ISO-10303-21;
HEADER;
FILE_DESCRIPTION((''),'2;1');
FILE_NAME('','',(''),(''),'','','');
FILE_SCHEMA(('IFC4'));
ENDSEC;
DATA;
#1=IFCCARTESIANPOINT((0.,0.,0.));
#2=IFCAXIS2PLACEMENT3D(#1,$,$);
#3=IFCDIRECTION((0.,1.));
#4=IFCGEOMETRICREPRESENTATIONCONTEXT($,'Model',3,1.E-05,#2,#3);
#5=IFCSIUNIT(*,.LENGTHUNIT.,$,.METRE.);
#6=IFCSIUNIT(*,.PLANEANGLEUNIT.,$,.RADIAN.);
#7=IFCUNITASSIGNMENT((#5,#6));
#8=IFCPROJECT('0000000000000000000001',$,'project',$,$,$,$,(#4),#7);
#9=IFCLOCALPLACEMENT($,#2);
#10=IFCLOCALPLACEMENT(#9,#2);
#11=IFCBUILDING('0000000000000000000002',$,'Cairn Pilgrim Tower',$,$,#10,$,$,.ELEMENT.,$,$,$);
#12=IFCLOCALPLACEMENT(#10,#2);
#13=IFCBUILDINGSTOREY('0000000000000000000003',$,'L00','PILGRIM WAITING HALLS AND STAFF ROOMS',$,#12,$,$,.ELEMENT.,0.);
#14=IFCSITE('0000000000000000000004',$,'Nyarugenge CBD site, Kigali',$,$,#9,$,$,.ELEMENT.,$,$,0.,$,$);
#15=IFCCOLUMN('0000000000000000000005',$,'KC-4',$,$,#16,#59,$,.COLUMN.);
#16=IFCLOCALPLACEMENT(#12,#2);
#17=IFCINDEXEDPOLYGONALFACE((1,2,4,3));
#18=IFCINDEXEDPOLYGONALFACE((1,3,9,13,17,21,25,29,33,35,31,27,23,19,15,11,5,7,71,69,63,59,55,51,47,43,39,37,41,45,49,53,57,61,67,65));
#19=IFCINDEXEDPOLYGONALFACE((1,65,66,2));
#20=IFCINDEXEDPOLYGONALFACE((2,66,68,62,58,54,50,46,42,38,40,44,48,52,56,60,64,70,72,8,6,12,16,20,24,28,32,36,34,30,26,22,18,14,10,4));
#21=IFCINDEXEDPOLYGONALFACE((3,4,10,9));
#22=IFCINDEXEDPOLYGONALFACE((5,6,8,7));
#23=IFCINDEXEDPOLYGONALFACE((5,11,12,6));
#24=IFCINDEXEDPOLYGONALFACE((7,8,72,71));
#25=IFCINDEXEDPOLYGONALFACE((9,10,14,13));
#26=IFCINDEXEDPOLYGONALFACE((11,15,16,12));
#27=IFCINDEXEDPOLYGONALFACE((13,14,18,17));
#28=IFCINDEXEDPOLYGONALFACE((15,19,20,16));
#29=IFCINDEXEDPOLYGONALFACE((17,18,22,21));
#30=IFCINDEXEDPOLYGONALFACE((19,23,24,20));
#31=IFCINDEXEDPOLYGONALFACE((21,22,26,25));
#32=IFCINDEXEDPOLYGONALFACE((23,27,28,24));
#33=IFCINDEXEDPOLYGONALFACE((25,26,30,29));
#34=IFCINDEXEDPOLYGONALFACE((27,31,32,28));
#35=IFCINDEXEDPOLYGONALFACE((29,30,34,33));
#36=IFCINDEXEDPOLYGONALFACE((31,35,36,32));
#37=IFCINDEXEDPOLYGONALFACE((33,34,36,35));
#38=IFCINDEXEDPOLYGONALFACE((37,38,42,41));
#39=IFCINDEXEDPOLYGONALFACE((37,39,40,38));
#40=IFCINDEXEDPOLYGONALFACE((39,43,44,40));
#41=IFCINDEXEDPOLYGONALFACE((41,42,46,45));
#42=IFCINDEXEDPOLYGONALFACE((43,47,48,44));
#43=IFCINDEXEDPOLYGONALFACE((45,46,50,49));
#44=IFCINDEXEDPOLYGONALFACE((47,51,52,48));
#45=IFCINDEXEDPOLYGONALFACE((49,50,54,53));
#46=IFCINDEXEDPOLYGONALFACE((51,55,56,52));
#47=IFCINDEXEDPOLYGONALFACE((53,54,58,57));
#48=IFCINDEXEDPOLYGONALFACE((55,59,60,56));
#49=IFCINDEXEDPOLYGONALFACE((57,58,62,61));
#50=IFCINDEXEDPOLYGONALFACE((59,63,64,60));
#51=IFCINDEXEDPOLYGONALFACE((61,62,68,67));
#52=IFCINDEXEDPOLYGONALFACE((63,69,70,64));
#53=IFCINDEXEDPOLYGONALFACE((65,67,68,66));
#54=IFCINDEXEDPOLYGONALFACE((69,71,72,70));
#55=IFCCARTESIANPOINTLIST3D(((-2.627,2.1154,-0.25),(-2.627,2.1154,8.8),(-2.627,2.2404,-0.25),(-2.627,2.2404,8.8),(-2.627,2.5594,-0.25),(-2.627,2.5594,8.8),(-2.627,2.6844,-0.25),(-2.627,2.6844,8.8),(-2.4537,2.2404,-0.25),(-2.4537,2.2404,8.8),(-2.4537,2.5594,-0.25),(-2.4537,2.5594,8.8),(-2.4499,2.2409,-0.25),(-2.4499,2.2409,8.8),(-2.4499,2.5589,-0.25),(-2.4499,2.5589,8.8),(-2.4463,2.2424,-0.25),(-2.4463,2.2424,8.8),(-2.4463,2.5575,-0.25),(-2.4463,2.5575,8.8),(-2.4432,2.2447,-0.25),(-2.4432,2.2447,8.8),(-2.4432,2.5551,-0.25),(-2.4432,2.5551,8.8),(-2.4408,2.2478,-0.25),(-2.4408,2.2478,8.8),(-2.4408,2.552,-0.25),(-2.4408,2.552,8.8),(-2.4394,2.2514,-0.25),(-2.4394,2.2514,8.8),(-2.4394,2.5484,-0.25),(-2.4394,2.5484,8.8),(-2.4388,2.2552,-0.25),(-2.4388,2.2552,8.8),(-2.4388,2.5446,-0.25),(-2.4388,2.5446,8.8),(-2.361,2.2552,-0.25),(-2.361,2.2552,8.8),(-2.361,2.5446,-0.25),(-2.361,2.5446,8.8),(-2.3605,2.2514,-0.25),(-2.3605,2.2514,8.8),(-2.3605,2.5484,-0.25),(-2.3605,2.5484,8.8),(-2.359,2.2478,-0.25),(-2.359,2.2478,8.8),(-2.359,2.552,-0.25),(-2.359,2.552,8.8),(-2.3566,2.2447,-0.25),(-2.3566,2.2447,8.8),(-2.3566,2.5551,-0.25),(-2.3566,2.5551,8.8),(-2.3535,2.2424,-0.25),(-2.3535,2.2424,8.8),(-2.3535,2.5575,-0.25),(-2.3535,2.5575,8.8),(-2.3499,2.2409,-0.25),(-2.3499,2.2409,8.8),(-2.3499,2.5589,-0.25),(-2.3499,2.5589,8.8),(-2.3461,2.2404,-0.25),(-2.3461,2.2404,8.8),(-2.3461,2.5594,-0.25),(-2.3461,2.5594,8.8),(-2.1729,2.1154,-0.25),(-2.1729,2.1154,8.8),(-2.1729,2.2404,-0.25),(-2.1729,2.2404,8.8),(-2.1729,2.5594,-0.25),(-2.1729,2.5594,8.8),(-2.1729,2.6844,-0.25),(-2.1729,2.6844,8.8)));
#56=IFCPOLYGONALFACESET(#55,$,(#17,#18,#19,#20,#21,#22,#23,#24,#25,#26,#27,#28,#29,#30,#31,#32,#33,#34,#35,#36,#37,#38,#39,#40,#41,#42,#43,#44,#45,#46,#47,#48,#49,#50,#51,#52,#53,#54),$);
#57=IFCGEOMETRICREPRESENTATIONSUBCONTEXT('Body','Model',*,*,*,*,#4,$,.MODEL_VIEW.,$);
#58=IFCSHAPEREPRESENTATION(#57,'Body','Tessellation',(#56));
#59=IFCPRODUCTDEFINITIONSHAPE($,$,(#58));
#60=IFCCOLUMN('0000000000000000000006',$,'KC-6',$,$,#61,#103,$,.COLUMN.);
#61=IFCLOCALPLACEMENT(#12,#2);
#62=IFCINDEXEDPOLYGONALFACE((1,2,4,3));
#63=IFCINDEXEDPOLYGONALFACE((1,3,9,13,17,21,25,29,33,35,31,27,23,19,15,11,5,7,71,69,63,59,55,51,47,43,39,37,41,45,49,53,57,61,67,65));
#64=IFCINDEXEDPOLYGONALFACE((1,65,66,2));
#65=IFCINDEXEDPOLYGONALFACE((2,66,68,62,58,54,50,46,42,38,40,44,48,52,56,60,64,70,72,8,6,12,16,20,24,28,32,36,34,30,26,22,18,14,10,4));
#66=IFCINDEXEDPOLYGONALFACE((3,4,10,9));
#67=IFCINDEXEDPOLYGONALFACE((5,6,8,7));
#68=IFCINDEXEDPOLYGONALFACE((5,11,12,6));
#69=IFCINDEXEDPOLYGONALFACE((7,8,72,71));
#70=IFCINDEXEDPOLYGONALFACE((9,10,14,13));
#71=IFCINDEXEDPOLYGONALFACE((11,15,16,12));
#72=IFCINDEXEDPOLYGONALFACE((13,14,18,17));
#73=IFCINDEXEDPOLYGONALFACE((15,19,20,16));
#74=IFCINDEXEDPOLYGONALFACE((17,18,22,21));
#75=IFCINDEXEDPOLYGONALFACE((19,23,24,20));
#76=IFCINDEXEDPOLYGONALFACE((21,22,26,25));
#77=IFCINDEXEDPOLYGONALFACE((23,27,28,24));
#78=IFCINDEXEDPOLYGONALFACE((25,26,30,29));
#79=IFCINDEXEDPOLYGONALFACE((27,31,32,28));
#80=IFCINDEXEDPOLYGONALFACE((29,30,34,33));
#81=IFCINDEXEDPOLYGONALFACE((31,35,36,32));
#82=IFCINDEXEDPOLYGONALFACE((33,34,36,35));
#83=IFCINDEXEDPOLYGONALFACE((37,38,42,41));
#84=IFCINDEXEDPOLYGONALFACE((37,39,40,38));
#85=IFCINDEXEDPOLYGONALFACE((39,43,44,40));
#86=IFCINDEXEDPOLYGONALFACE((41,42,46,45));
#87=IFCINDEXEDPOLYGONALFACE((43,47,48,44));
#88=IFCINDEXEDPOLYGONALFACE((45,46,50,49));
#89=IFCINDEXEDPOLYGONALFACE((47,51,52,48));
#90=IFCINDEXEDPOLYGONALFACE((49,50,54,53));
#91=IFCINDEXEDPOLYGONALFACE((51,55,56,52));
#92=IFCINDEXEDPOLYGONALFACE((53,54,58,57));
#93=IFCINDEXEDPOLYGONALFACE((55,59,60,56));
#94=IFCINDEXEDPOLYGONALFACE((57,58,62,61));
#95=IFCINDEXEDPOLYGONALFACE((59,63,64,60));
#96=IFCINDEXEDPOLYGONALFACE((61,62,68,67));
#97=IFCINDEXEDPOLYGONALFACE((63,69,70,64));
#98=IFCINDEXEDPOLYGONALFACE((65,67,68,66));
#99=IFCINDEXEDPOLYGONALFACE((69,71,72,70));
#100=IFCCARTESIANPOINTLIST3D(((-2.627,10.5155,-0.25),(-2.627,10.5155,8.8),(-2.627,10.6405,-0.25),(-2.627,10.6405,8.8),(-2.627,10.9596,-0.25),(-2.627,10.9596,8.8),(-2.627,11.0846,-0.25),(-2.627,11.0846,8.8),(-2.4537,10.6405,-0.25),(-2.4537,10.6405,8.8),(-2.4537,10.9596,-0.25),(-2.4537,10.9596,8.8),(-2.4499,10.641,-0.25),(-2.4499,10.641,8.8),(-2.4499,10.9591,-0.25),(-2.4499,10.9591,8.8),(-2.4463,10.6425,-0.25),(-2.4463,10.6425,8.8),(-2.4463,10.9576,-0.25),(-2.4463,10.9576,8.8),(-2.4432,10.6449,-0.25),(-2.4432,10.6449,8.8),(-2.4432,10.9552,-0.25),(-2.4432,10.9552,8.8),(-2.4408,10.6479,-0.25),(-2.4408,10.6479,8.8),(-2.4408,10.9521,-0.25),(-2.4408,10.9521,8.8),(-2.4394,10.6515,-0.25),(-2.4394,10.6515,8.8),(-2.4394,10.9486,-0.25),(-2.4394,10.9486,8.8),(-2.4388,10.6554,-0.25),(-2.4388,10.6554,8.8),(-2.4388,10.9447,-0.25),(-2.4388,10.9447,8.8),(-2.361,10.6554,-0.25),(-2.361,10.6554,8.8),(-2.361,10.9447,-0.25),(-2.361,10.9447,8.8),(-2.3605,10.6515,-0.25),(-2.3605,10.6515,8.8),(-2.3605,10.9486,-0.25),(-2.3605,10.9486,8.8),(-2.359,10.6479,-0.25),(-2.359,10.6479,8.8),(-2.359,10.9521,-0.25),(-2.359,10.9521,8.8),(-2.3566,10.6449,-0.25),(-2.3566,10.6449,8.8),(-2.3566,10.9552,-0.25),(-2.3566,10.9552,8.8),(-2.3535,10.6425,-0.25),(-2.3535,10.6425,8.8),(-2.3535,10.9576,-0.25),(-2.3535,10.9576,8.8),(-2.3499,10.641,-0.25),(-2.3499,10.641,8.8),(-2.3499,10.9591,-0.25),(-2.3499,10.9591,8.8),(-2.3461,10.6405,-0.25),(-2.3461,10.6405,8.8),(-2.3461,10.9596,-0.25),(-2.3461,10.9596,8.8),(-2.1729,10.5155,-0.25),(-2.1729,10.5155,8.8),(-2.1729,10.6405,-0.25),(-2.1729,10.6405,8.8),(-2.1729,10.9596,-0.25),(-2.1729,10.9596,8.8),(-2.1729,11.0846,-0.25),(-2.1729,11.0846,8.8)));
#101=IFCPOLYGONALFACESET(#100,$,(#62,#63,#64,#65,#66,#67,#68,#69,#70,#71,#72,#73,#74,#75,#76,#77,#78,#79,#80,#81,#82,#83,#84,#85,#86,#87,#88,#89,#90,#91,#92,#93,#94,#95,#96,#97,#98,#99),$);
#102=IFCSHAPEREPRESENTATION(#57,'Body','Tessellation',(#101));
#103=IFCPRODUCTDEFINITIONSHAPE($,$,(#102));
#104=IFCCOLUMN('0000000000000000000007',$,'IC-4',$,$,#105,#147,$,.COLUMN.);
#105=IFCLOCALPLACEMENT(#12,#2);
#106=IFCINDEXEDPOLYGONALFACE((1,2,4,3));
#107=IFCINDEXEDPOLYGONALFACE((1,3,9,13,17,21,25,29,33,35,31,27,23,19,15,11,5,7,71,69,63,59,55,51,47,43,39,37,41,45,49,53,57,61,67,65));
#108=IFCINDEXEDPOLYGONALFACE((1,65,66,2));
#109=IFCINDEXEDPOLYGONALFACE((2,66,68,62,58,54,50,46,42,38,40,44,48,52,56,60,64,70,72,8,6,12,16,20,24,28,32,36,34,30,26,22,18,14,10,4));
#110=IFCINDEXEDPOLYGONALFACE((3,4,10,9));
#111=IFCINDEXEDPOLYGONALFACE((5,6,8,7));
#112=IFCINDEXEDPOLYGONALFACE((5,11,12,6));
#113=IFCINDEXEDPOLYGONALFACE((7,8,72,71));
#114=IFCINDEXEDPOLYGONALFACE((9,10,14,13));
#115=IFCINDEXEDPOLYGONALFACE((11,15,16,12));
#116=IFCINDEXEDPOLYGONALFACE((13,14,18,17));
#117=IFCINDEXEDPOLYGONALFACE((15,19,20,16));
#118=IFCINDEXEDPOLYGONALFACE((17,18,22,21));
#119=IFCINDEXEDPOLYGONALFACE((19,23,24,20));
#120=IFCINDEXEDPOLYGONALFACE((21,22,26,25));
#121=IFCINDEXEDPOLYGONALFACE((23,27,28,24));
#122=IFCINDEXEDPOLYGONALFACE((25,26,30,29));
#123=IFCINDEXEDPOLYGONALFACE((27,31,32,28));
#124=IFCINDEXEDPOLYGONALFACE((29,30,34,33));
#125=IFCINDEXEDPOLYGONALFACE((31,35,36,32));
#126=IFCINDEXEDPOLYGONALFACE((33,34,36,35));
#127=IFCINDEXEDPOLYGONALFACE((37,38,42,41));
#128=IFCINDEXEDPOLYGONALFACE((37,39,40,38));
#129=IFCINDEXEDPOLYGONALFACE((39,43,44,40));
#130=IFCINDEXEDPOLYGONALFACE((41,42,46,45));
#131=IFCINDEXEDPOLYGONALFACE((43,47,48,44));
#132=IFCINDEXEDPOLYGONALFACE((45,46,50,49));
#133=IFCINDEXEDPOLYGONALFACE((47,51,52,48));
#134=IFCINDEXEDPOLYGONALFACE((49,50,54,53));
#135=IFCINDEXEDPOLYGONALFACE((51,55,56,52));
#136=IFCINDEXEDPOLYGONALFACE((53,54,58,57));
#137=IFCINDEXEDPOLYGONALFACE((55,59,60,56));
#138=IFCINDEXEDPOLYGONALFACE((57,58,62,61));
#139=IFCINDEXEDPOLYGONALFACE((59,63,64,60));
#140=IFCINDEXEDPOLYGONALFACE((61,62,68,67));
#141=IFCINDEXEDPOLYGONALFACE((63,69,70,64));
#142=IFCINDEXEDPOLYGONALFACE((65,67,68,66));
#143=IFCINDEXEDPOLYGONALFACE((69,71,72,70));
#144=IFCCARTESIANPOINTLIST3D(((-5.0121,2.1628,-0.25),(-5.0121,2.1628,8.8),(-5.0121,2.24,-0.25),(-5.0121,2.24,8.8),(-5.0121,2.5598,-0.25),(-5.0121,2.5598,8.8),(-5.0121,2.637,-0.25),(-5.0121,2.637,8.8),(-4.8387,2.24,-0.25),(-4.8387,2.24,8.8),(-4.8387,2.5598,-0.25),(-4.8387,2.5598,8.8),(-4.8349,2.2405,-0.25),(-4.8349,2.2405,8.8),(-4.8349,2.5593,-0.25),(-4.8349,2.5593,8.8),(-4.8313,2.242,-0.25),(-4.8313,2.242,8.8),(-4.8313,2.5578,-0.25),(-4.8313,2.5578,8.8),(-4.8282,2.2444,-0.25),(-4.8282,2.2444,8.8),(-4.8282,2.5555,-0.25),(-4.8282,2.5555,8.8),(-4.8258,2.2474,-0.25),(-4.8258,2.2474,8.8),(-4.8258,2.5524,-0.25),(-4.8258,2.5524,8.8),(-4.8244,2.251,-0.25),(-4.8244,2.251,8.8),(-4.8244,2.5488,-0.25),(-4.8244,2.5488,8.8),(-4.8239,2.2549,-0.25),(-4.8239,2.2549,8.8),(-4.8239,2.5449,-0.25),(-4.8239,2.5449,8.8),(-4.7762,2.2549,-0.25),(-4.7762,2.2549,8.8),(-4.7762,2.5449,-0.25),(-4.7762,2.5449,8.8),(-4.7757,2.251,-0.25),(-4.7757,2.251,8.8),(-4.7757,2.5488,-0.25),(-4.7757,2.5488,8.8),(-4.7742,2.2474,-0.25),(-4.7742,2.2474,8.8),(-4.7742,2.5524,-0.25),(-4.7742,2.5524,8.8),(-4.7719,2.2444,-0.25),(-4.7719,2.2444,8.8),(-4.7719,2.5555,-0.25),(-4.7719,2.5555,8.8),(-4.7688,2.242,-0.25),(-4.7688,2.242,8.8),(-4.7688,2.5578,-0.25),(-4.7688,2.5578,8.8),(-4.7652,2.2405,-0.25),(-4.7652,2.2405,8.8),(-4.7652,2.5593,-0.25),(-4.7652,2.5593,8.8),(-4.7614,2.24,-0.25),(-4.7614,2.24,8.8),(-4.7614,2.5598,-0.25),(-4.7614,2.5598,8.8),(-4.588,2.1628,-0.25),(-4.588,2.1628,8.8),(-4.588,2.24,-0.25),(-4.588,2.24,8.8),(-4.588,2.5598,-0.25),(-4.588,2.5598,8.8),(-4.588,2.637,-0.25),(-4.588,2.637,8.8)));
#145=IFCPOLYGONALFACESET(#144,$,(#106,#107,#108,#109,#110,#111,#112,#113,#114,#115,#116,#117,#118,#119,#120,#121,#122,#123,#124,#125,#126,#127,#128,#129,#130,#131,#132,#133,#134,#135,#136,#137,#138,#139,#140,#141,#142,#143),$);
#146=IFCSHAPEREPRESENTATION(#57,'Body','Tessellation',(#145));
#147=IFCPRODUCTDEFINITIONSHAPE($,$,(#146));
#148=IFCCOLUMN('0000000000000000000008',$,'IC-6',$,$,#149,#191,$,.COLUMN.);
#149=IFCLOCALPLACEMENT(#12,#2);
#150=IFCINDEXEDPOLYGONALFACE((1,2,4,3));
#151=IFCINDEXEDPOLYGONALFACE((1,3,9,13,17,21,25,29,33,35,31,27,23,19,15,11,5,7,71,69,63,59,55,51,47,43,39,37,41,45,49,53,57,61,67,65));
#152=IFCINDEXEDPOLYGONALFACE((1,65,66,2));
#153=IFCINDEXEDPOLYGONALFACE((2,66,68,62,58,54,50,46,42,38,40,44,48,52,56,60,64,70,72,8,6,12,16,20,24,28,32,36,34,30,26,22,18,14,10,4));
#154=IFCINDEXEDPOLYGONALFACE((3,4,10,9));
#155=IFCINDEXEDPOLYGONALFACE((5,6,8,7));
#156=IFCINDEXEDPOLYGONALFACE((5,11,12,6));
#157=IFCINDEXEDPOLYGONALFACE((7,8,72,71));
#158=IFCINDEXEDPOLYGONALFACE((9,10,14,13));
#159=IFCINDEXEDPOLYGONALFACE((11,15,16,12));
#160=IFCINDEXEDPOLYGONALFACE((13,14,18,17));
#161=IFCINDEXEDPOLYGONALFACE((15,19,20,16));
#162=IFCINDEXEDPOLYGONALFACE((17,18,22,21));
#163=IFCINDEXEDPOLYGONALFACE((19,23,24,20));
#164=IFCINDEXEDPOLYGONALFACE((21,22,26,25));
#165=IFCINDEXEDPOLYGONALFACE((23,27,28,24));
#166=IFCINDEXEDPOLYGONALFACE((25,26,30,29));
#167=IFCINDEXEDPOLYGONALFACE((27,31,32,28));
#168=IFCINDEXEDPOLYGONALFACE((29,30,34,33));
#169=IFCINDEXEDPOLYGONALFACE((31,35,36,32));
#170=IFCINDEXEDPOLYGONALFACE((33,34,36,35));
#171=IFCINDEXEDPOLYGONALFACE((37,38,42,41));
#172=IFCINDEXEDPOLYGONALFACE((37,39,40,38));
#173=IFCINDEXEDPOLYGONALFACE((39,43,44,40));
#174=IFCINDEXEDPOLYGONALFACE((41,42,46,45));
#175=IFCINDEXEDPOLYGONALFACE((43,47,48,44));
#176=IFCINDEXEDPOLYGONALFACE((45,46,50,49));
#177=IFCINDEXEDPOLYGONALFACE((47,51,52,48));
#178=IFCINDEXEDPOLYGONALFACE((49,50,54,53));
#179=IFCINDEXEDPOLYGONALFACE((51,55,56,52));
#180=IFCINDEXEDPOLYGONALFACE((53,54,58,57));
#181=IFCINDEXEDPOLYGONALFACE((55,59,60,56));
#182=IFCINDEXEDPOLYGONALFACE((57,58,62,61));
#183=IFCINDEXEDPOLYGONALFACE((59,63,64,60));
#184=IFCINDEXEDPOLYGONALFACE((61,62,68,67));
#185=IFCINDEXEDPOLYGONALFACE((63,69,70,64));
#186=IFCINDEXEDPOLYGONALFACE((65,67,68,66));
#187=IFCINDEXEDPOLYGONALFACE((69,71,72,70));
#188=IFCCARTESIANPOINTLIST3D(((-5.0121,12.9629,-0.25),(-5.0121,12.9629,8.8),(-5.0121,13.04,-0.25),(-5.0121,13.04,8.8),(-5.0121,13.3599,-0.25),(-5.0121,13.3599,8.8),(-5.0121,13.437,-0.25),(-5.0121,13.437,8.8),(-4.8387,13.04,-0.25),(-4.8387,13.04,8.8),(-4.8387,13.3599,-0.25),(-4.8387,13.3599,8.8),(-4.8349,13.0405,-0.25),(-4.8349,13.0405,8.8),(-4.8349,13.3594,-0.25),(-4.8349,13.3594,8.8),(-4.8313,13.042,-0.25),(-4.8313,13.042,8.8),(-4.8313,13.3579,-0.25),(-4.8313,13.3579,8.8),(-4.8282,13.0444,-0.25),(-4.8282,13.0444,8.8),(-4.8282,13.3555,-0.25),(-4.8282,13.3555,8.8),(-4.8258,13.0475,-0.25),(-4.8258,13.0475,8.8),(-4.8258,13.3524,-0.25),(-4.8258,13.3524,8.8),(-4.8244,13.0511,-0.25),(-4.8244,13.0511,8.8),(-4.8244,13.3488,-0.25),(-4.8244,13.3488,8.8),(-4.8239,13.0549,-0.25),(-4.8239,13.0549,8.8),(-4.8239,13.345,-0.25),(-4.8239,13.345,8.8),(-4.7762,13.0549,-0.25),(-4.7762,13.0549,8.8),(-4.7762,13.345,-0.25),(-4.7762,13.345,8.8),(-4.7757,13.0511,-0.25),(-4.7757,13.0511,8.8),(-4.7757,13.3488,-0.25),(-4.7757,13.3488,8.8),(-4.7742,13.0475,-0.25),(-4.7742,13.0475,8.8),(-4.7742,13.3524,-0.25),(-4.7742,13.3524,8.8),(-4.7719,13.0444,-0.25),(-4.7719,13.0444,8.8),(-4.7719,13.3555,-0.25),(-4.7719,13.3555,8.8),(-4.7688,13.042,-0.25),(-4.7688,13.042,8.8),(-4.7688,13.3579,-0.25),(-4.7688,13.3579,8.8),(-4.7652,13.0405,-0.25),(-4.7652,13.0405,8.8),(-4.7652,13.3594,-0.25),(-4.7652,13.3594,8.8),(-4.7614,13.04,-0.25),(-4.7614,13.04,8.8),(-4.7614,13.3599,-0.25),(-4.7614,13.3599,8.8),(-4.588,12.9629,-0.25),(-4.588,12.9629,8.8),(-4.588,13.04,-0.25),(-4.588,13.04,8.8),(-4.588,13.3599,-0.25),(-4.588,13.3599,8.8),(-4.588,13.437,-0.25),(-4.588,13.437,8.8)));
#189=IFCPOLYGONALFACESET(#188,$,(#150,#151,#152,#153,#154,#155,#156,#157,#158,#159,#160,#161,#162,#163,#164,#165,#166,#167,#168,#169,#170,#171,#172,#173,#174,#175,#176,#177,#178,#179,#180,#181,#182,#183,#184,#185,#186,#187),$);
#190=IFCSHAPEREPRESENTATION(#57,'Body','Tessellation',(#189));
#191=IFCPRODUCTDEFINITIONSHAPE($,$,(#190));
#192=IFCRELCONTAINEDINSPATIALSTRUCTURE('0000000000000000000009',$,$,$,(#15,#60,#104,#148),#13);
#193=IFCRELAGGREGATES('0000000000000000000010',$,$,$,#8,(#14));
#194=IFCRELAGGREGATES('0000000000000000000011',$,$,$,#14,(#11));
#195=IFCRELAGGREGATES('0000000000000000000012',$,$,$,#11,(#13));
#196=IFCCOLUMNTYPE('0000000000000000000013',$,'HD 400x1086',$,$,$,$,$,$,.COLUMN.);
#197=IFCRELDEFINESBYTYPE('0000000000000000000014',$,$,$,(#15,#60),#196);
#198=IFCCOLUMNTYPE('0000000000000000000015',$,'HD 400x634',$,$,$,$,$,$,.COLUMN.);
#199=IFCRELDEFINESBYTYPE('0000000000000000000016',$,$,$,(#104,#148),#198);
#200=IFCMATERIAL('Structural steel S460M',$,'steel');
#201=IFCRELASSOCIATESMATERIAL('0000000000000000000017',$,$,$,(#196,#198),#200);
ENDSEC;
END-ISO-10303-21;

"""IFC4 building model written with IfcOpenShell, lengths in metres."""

from ifc_helpers import new_model, si_unit, direction, frame, origin, origin_2d, place, context, subcontext, project, spatial, i_section, extrude, material, material_profile, profile_set, type_object, element, save


model = new_model("IFC4")

# Units and contexts
model_context = context("Model", 3, precision=1e-05, world=origin(), true_north=direction((0.0, 1.0)))
body_context = subcontext(model_context, "Body", "Model", "MODEL_VIEW")
ifc_project = project(units=[si_unit("LENGTHUNIT", "METRE"), si_unit("PLANEANGLEUNIT", "RADIAN")], contexts=[model_context])

# Site, building, storey
site_placement = place(None, origin())
site = spatial("IfcSite", under=ifc_project, at=site_placement, Name="Nyarugenge CBD site, Kigali", CompositionType="ELEMENT", RefElevation=0.0)
building_placement = place(site_placement, origin())
building = spatial("IfcBuilding", under=site, at=building_placement, Name="Cairn Pilgrim Tower", CompositionType="ELEMENT")
storey_placement = place(building_placement, origin())
storey = spatial("IfcBuildingStorey", under=building, at=storey_placement, Name="L00", Description="PILGRIM WAITING HALLS AND STAFF ROOMS", CompositionType="ELEMENT", Elevation=0.0)

# Columns
ifc_material_1 = material(Name="Structural steel S460M", Category="steel")
ifc_material_profile_1 = material_profile(ifc_material_1, i_section(OverallWidth=0.4541, OverallDepth=0.5691, WebThickness=0.0779, FlangeThickness=0.125, FilletRadius=0.0149, at=origin_2d()), Name="HD 400x1086")
ifc_profile_set_1 = profile_set([ifc_material_profile_1], Name="Structural steel S460M")
column_type_1 = type_object("IfcColumnType", Name="HD 400x1086", PredefinedType="COLUMN", material=ifc_profile_set_1)
for number, where, z_axis, x_axis, name in (
    (1, (-2.3999, 2.3999, -0.25), (0.0, 0.0, 1.0), (1.0, 0.0, 0.0), "KC-4"),
    (2, (-2.3999, 10.8, -0.25), (0.0, 0.0, 1.0), (1.0, 0.0, 0.0), "KC-6"),
):
    element("IfcColumn", number, at=place(storey_placement, frame(where, z_axis=z_axis, x_axis=x_axis)), inside=storey, type_object=column_type_1, Name=name, PredefinedType="COLUMN", context=body_context, shape_type="SweptSolid", body=[
        extrude(i_section(OverallWidth=0.4541, OverallDepth=0.5691, WebThickness=0.0779, FlangeThickness=0.125, FilletRadius=0.0149, at=origin_2d()), origin(), (0.0, 0.0, 1.0), 9.05),
    ])
ifc_material_profile_2 = material_profile(ifc_material_1, i_section(OverallWidth=0.4241, OverallDepth=0.4741, WebThickness=0.0476, FlangeThickness=0.0771, FilletRadius=0.0149, at=origin_2d()), Name="HD 400x634")
ifc_profile_set_2 = profile_set([ifc_material_profile_2], Name="Structural steel S460M")
column_type_2 = type_object("IfcColumnType", Name="HD 400x634", PredefinedType="COLUMN", material=ifc_profile_set_2)
for number, where, z_axis, x_axis, name in (
    (3, (-4.8, 2.3999, -0.25), (0.0, 0.0, 1.0), (1.0, 0.0, 0.0), "IC-4"),
    (4, (-4.8, 13.2, -0.25), (0.0, 0.0, 1.0), (1.0, 0.0, 0.0), "IC-6"),
):
    element("IfcColumn", number, at=place(storey_placement, frame(where, z_axis=z_axis, x_axis=x_axis)), inside=storey, type_object=column_type_2, Name=name, PredefinedType="COLUMN", context=body_context, shape_type="SweptSolid", body=[
        extrude(i_section(OverallWidth=0.4241, OverallDepth=0.4741, WebThickness=0.0476, FlangeThickness=0.0771, FilletRadius=0.0149, at=origin_2d()), origin(), (0.0, 0.0, 1.0), 9.05),
    ])

save(model, "model.ifc")
